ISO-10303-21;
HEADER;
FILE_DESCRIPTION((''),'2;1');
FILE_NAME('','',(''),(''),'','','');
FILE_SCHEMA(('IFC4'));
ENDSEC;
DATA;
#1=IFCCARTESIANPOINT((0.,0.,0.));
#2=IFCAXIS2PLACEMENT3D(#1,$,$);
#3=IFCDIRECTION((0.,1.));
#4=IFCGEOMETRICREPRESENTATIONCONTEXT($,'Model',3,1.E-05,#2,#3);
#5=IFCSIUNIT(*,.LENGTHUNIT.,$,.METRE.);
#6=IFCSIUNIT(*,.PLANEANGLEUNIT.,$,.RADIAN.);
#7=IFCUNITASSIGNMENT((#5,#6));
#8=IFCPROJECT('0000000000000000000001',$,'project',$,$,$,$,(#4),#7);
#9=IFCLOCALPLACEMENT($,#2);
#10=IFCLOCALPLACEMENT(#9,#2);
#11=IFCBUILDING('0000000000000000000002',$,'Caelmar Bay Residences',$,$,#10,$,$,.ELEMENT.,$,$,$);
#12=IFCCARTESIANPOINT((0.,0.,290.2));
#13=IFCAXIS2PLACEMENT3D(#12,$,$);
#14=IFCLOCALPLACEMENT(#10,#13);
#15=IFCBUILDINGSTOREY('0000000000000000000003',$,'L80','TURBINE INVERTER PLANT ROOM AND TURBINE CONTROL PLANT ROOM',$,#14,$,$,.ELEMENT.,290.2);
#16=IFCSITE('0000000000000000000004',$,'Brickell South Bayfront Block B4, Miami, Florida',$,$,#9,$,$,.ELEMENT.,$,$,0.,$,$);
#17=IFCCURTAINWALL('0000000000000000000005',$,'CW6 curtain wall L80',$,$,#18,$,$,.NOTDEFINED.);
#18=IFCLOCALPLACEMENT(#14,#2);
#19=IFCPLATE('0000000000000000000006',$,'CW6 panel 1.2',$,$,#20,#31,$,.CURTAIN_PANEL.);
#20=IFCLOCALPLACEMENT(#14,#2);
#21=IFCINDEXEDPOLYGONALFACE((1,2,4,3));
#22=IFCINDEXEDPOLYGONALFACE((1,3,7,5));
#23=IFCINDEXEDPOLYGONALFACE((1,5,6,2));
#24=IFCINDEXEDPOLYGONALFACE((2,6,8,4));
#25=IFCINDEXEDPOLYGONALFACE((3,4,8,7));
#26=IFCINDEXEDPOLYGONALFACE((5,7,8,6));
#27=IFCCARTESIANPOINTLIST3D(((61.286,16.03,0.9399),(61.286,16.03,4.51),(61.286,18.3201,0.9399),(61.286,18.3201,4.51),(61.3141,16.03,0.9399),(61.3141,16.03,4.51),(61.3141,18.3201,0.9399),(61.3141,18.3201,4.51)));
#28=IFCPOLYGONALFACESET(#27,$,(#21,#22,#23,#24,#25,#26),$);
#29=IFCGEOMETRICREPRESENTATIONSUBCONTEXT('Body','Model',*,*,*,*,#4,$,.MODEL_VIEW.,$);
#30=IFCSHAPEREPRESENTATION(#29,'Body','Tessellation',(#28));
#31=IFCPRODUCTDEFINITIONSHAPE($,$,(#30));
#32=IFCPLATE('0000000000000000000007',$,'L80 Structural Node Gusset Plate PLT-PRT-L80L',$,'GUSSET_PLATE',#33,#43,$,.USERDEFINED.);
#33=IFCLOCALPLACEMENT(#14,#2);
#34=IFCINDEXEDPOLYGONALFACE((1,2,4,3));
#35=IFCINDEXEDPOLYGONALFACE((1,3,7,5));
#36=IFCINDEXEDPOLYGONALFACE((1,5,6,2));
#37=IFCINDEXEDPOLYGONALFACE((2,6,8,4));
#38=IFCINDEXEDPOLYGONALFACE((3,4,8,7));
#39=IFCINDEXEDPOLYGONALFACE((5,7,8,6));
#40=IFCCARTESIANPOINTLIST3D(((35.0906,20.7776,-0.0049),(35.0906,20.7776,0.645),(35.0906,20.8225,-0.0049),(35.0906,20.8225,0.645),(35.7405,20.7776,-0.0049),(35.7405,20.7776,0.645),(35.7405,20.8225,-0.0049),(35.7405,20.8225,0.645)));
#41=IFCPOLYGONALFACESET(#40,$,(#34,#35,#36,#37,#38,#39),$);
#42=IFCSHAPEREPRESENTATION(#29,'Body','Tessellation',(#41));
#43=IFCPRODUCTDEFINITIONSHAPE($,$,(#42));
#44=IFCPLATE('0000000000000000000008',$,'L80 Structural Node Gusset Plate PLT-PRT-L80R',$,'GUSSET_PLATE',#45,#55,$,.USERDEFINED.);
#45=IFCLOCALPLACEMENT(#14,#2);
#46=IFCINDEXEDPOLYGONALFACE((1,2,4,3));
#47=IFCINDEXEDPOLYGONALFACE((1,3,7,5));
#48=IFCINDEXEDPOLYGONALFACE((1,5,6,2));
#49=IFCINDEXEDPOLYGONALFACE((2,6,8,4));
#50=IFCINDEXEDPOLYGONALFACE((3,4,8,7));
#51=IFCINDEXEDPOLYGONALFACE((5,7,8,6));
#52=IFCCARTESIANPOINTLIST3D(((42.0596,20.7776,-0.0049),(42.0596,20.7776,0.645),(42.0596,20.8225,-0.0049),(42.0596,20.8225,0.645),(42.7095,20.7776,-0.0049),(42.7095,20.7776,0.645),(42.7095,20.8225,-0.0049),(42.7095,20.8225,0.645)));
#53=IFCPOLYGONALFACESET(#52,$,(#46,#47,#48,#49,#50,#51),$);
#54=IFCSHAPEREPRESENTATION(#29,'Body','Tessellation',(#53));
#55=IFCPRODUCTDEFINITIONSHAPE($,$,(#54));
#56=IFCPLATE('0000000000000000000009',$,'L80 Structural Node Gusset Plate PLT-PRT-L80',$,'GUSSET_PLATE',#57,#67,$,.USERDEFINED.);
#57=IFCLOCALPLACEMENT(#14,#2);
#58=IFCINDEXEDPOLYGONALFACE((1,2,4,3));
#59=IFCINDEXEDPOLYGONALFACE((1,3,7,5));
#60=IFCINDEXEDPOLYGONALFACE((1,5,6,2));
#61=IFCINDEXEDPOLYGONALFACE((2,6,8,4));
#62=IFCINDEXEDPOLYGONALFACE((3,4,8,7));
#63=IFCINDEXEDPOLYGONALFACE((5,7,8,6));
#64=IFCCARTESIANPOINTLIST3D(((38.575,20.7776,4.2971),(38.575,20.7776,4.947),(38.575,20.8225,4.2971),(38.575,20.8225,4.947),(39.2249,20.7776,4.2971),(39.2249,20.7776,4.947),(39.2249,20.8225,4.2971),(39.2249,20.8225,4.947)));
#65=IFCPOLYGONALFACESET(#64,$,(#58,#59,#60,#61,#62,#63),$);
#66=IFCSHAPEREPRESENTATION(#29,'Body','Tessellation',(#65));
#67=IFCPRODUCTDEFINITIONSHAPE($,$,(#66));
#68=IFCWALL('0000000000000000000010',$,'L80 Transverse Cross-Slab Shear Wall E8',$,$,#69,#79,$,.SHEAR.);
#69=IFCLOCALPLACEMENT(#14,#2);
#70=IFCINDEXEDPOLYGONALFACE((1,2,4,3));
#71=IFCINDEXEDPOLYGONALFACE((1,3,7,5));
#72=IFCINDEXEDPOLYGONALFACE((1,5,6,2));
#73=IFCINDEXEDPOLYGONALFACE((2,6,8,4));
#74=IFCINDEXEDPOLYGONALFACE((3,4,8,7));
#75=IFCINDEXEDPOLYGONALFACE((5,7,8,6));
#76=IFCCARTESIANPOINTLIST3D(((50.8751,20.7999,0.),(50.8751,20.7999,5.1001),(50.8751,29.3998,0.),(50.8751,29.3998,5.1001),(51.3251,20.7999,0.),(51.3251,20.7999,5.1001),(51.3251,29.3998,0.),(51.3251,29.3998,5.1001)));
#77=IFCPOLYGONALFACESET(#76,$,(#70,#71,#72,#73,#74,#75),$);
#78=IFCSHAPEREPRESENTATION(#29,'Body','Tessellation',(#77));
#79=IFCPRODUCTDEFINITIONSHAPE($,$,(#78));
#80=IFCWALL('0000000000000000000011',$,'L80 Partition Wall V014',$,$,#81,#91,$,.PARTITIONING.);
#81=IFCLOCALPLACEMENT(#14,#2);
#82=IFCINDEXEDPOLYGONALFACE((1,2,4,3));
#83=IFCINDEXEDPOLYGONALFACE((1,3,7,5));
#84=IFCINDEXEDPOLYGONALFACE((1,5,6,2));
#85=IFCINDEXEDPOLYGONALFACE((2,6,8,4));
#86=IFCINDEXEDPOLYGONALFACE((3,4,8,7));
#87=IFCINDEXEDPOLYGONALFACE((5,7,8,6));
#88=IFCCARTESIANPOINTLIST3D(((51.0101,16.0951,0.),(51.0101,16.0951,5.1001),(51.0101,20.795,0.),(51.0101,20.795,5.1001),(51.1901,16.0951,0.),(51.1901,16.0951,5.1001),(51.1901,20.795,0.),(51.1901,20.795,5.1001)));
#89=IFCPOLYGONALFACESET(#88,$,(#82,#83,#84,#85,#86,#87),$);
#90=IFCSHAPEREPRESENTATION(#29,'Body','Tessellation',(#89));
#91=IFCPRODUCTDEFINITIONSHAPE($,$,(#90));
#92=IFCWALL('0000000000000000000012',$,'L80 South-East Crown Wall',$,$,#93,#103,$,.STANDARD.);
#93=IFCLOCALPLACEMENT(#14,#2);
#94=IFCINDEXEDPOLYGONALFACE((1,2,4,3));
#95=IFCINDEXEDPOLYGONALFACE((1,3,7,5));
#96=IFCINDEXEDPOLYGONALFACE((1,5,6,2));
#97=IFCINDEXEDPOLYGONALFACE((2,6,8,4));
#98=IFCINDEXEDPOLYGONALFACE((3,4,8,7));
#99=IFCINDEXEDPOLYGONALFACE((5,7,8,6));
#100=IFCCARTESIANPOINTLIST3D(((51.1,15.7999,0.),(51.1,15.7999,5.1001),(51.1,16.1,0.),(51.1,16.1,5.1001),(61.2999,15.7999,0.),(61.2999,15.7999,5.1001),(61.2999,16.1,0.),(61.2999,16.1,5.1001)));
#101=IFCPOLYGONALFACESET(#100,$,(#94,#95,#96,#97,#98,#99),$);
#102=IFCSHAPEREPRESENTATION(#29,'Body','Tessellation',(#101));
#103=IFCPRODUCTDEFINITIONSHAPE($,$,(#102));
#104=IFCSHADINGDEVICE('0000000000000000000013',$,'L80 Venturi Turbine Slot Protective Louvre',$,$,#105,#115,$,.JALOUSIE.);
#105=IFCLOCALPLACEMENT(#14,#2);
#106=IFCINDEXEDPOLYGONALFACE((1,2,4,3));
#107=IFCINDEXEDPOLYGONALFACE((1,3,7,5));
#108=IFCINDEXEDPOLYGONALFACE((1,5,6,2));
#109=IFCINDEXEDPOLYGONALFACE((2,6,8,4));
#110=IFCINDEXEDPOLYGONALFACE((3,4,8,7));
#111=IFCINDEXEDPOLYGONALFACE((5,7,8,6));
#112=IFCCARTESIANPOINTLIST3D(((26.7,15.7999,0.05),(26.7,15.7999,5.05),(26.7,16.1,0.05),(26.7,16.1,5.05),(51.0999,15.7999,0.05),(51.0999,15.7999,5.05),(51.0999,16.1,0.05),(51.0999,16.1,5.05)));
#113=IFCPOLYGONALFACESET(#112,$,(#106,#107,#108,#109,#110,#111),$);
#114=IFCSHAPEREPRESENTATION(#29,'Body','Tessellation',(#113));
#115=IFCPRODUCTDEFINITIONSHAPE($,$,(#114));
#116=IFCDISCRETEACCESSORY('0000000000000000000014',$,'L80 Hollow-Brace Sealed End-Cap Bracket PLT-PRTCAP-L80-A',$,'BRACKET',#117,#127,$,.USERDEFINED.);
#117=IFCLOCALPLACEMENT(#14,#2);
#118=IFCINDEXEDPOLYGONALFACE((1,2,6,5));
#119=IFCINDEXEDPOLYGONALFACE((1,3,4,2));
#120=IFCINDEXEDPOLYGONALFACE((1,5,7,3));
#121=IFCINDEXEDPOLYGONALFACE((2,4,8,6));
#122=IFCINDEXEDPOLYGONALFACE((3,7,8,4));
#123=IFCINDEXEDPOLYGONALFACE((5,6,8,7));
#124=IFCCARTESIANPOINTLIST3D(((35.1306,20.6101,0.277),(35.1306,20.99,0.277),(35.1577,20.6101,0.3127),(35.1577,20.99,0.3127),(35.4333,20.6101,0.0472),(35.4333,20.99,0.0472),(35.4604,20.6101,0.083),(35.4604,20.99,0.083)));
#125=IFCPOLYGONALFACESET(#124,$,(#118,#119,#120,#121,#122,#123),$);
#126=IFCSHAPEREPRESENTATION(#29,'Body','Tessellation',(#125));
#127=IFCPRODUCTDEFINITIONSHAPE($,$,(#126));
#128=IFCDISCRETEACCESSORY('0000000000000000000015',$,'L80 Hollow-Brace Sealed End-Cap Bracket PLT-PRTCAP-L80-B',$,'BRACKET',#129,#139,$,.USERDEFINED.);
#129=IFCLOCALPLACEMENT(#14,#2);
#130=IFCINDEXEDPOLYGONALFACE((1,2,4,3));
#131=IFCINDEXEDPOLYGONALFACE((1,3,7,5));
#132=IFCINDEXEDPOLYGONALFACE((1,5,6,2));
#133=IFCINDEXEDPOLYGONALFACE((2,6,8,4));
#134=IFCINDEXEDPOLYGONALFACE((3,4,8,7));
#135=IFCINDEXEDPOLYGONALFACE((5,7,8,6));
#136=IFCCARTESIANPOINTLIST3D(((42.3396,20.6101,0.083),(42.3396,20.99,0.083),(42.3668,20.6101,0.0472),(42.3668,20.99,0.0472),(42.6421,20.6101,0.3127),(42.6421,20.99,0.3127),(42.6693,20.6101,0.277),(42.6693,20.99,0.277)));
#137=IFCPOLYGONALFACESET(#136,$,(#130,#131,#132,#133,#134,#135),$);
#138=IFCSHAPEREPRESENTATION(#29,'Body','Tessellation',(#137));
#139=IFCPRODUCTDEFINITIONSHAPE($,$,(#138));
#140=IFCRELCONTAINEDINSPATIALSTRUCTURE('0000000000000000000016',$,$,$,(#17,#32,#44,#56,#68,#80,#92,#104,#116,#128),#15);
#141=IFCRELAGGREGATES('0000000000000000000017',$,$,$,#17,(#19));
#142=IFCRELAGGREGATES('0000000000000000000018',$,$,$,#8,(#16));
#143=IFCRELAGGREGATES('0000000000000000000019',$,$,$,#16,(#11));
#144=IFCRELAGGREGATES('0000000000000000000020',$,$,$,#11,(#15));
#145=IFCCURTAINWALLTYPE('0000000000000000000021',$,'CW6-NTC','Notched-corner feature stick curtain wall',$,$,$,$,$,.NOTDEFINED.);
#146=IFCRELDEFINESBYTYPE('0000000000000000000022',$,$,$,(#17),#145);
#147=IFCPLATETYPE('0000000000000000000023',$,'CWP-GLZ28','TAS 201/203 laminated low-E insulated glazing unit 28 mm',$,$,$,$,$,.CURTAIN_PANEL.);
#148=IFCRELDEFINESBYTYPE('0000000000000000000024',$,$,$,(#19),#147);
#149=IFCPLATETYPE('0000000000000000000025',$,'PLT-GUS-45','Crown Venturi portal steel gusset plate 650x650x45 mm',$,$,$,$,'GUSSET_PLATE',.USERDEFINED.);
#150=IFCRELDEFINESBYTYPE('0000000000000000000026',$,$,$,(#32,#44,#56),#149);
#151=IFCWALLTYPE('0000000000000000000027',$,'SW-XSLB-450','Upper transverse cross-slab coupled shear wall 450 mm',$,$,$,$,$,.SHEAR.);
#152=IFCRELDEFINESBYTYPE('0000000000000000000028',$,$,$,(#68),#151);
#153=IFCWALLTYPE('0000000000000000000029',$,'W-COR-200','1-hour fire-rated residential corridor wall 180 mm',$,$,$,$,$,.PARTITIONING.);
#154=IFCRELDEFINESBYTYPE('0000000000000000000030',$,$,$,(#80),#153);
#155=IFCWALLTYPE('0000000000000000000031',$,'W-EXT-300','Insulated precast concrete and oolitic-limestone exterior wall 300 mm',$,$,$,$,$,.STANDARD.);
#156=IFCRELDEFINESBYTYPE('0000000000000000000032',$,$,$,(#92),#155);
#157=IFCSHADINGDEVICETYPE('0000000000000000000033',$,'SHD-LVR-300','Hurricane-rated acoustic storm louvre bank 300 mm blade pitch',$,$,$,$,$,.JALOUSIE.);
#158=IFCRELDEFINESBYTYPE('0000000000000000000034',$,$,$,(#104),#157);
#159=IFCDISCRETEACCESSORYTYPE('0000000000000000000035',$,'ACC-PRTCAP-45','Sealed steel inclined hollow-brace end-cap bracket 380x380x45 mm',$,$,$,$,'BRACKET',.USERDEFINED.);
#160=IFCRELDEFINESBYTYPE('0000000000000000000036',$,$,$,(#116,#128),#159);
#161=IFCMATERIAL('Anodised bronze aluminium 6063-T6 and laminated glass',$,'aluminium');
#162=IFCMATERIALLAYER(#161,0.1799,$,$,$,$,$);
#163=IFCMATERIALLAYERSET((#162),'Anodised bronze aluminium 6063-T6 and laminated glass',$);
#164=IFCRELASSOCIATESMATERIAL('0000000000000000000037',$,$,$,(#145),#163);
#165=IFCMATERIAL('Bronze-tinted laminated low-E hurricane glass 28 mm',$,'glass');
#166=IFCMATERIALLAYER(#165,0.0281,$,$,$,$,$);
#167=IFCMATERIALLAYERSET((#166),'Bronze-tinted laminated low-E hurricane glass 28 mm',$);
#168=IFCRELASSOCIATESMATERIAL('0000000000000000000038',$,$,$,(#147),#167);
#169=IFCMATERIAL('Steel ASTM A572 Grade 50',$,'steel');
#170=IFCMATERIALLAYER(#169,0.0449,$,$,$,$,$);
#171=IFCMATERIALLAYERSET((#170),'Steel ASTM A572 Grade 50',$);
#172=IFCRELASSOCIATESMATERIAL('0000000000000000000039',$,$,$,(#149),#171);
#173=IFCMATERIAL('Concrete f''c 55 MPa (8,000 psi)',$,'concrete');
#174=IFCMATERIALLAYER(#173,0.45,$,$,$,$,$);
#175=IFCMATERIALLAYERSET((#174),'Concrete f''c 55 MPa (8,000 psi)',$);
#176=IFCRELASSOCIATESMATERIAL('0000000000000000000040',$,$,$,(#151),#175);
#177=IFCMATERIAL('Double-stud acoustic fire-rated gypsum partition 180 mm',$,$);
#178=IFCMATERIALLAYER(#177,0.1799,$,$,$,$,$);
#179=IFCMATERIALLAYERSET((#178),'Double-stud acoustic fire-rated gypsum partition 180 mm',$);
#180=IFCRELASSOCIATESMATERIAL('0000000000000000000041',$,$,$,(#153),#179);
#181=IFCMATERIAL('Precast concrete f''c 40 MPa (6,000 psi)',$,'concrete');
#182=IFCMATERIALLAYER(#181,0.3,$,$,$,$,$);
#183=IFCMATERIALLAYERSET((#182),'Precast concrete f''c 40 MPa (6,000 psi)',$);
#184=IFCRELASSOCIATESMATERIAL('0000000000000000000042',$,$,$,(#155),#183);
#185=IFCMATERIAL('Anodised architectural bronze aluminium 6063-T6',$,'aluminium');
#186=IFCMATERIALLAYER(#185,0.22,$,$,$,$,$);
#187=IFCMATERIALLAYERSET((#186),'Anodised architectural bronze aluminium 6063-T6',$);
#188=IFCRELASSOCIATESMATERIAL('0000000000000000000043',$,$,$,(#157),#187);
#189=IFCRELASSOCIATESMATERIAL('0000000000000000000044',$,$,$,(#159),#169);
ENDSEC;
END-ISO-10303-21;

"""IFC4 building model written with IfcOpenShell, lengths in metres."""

from ifc_helpers import new_model, si_unit, direction, frame, frame_2d, origin, origin_2d, place, context, subcontext, project, spatial, polyline, rectangle, outline, extrude, material, layer, layer_set, type_object, element, aggregate, save


model = new_model("IFC4")

# Units and contexts
model_context = context("Model", 3, precision=1e-05, world=origin(), true_north=direction((0.0, 1.0)))
body_context = subcontext(model_context, "Body", "Model", "MODEL_VIEW")
ifc_project = project(units=[si_unit("LENGTHUNIT", "METRE"), si_unit("PLANEANGLEUNIT", "RADIAN")], contexts=[model_context])

# Site, building, storey
site_placement = place(None, origin())
site = spatial("IfcSite", under=ifc_project, at=site_placement, Name="Brickell South Bayfront Block B4, Miami, Florida", CompositionType="ELEMENT", RefElevation=0.0)
building_placement = place(site_placement, origin())
building = spatial("IfcBuilding", under=site, at=building_placement, Name="Caelmar Bay Residences", CompositionType="ELEMENT")
storey_placement = place(building_placement, frame((0.0, 0.0, 290.2)))
storey = spatial("IfcBuildingStorey", under=building, at=storey_placement, Name="L80", Description="TURBINE INVERTER PLANT ROOM AND TURBINE CONTROL PLANT ROOM", CompositionType="ELEMENT", Elevation=290.2)

# Shared definitions
ifc_material_1 = material(Name="Concrete f'c 55 MPa (8,000 psi)", Category="concrete")

# Curtain wall
ifc_material_2 = material(Name="Anodised bronze aluminium 6063-T6 and laminated glass", Category="aluminium")
ifc_layer_1 = layer(ifc_material_2, 0.1799)
ifc_layer_set_1 = layer_set([ifc_layer_1], Name="Anodised bronze aluminium 6063-T6 and laminated glass")
curtain_wall_type = type_object("IfcCurtainWallType", Name="CW6-NTC", Description="Notched-corner feature stick curtain wall", PredefinedType="NOTDEFINED", material=ifc_layer_set_1)
curtain_wall_placement = place(storey_placement, origin())
curtain_wall = element("IfcCurtainWall", 1, at=curtain_wall_placement, inside=storey, type_object=curtain_wall_type, Name="CW6 curtain wall L80", PredefinedType="NOTDEFINED")

# Plate
ifc_material_3 = material(Name="Bronze-tinted laminated low-E hurricane glass 28 mm", Category="glass")
ifc_layer_2 = layer(ifc_material_3, 0.0281)
ifc_layer_set_2 = layer_set([ifc_layer_2], Name="Bronze-tinted laminated low-E hurricane glass 28 mm")
plate_type_1 = type_object("IfcPlateType", Name="CWP-GLZ28", Description="TAS 201/203 laminated low-E insulated glazing unit 28 mm", PredefinedType="CURTAIN_PANEL", material=ifc_layer_set_2)
plate_1_placement = place(storey_placement, frame((61.3, 17.175, 0.9399), z_axis=(0.0, 0.0, 1.0), x_axis=(0.0, 1.0, 0.0)))
plate_1 = element("IfcPlate", 2, at=plate_1_placement, type_object=plate_type_1, Name="CW6 panel 1.2", PredefinedType="CURTAIN_PANEL", context=body_context, shape_type="SweptSolid", body=[
    extrude(rectangle(XDim=2.29, YDim=0.0281, at=origin_2d()), origin(), (0.0, 0.0, 1.0), 3.5701),
])
aggregate(curtain_wall, [plate_1])

# Plates
ifc_material_4 = material(Name="Steel ASTM A572 Grade 50", Category="steel")
ifc_layer_3 = layer(ifc_material_4, 0.0449)
ifc_layer_set_3 = layer_set([ifc_layer_3], Name="Steel ASTM A572 Grade 50")
plate_type_2 = type_object("IfcPlateType", Name="PLT-GUS-45", Description="Crown Venturi portal steel gusset plate 650x650x45 mm", ElementType="GUSSET_PLATE", PredefinedType="USERDEFINED", material=ifc_layer_set_3)
for number, where, z_axis, x_axis, name in (
    (3, (35.4155, 20.8, -0.0049), (0.0, 0.0, 1.0), (1.0, 0.0, 0.0), "L80 Structural Node Gusset Plate PLT-PRT-L80L"),
    (4, (42.3845, 20.8, -0.0049), (0.0, 0.0, 1.0), (1.0, 0.0, 0.0), "L80 Structural Node Gusset Plate PLT-PRT-L80R"),
    (5, (38.8999, 20.8, 4.2971), (0.0, 0.0, 1.0), (1.0, 0.0, 0.0), "L80 Structural Node Gusset Plate PLT-PRT-L80"),
):
    element("IfcPlate", number, at=place(storey_placement, frame(where, z_axis=z_axis, x_axis=x_axis)), inside=storey, type_object=plate_type_2, Name=name, ObjectType="GUSSET_PLATE", PredefinedType="USERDEFINED", context=body_context, shape_type="SweptSolid", body=[
        extrude(rectangle(XDim=0.6499, YDim=0.0449, at=origin_2d()), origin(), (0.0, 0.0, 1.0), 0.6499),
    ])

# Walls
ifc_layer_4 = layer(ifc_material_1, 0.45)
ifc_layer_set_4 = layer_set([ifc_layer_4], Name="Concrete f'c 55 MPa (8,000 psi)")
wall_type_1 = type_object("IfcWallType", Name="SW-XSLB-450", Description="Upper transverse cross-slab coupled shear wall 450 mm", PredefinedType="SHEAR", material=ifc_layer_set_4)
wall_1_placement = place(storey_placement, frame((51.1001, 20.8, 0.0), z_axis=(0.0, 0.0, 1.0), x_axis=(0.0, 1.0, 0.0)))
element("IfcWall", 6, at=wall_1_placement, inside=storey, type_object=wall_type_1, Name="L80 Transverse Cross-Slab Shear Wall E8", PredefinedType="SHEAR", context=body_context, shape_type="SweptSolid", body=[
    extrude(rectangle(XDim=8.5999, YDim=0.45, at=frame_2d((4.2998, 0.0))), origin(), (0.0, 0.0, 1.0), 5.1001),
])
ifc_material_5 = material(Name="Double-stud acoustic fire-rated gypsum partition 180 mm")
ifc_layer_5 = layer(ifc_material_5, 0.1799)
ifc_layer_set_5 = layer_set([ifc_layer_5], Name="Double-stud acoustic fire-rated gypsum partition 180 mm")
wall_type_2 = type_object("IfcWallType", Name="W-COR-200", Description="1-hour fire-rated residential corridor wall 180 mm", PredefinedType="PARTITIONING", material=ifc_layer_set_5)
wall_2_placement = place(storey_placement, frame((51.1001, 16.095, 0.0), z_axis=(0.0, 0.0, 1.0), x_axis=(0.0, 1.0, 0.0)))
element("IfcWall", 7, at=wall_2_placement, inside=storey, type_object=wall_type_2, Name="L80 Partition Wall V014", PredefinedType="PARTITIONING", context=body_context, shape_type="SweptSolid", body=[
    extrude(rectangle(XDim=4.7, YDim=0.1799, at=frame_2d((2.3501, 0.0))), origin(), (0.0, 0.0, 1.0), 5.1001),
])
ifc_material_6 = material(Name="Precast concrete f'c 40 MPa (6,000 psi)", Category="concrete")
ifc_layer_6 = layer(ifc_material_6, 0.3)
ifc_layer_set_6 = layer_set([ifc_layer_6], Name="Precast concrete f'c 40 MPa (6,000 psi)")
wall_type_3 = type_object("IfcWallType", Name="W-EXT-300", Description="Insulated precast concrete and oolitic-limestone exterior wall 300 mm", PredefinedType="STANDARD", material=ifc_layer_set_6)
wall_3_placement = place(storey_placement, frame((61.3, 15.95, 0.0), z_axis=(0.0, 0.0, 1.0), x_axis=(-1.0, 0.0, 0.0)))
element("IfcWall", 8, at=wall_3_placement, inside=storey, type_object=wall_type_3, Name="L80 South-East Crown Wall", PredefinedType="STANDARD", context=body_context, shape_type="SweptSolid", body=[
    extrude(rectangle(XDim=10.2, YDim=0.3, at=frame_2d((5.1001, 0.0))), origin(), (0.0, 0.0, 1.0), 5.1001),
])

# Shading device
ifc_material_7 = material(Name="Anodised architectural bronze aluminium 6063-T6", Category="aluminium")
ifc_layer_7 = layer(ifc_material_7, 0.22)
ifc_layer_set_7 = layer_set([ifc_layer_7], Name="Anodised architectural bronze aluminium 6063-T6")
shading_device_type = type_object("IfcShadingDeviceType", Name="SHD-LVR-300", Description="Hurricane-rated acoustic storm louvre bank 300 mm blade pitch", PredefinedType="JALOUSIE", material=ifc_layer_set_7)
shading_device_placement = place(storey_placement, frame((38.8999, 15.95, 0.05), z_axis=(0.0, 0.0, 1.0), x_axis=(1.0, 0.0, 0.0)))
element("IfcShadingDevice", 9, at=shading_device_placement, inside=storey, type_object=shading_device_type, Name="L80 Venturi Turbine Slot Protective Louvre", PredefinedType="JALOUSIE", context=body_context, shape_type="SweptSolid", body=[
    extrude(rectangle(XDim=24.3999, YDim=0.3, at=origin_2d()), origin(), (0.0, 0.0, 1.0), 5.0),
])

# Discrete accessories
discrete_accessory_type = type_object("IfcDiscreteAccessoryType", Name="ACC-PRTCAP-45", Description="Sealed steel inclined hollow-brace end-cap bracket 380x380x45 mm", ElementType="BRACKET", PredefinedType="USERDEFINED", material=ifc_material_4)
discrete_accessory_1_placement = place(storey_placement, frame((35.4604, 20.6101, 0.083), z_axis=(0.604513, 0.0, 0.796595), x_axis=(0.0, 1.0, 0.0)))
element("IfcDiscreteAccessory", 10, at=discrete_accessory_1_placement, inside=storey, type_object=discrete_accessory_type, Name="L80 Hollow-Brace Sealed End-Cap Bracket PLT-PRTCAP-L80-A", ObjectType="BRACKET", PredefinedType="USERDEFINED", context=body_context, shape_type="SweptSolid", body=[
    extrude(outline(polyline([(0.0, 0.0), (0.3799, 0.0), (0.3799, 0.38), (0.0, 0.38), (0.0, 0.0)])), origin(), (0.0, 0.0, -1.0), 0.0449),
])
discrete_accessory_2_placement = place(storey_placement, frame((42.3396, 20.99, 0.083), z_axis=(-0.604822, 0.0, 0.79636), x_axis=(0.0, -1.0, 0.0)))
element("IfcDiscreteAccessory", 11, at=discrete_accessory_2_placement, inside=storey, type_object=discrete_accessory_type, Name="L80 Hollow-Brace Sealed End-Cap Bracket PLT-PRTCAP-L80-B", ObjectType="BRACKET", PredefinedType="USERDEFINED", context=body_context, shape_type="SweptSolid", body=[
    extrude(outline(polyline([(0.0, 0.0), (0.3799, 0.0), (0.3799, 0.3798), (0.0, 0.3798), (0.0, 0.0)])), origin(), (0.0, 0.0, -1.0), 0.0449),
])

save(model, "model.ifc")
